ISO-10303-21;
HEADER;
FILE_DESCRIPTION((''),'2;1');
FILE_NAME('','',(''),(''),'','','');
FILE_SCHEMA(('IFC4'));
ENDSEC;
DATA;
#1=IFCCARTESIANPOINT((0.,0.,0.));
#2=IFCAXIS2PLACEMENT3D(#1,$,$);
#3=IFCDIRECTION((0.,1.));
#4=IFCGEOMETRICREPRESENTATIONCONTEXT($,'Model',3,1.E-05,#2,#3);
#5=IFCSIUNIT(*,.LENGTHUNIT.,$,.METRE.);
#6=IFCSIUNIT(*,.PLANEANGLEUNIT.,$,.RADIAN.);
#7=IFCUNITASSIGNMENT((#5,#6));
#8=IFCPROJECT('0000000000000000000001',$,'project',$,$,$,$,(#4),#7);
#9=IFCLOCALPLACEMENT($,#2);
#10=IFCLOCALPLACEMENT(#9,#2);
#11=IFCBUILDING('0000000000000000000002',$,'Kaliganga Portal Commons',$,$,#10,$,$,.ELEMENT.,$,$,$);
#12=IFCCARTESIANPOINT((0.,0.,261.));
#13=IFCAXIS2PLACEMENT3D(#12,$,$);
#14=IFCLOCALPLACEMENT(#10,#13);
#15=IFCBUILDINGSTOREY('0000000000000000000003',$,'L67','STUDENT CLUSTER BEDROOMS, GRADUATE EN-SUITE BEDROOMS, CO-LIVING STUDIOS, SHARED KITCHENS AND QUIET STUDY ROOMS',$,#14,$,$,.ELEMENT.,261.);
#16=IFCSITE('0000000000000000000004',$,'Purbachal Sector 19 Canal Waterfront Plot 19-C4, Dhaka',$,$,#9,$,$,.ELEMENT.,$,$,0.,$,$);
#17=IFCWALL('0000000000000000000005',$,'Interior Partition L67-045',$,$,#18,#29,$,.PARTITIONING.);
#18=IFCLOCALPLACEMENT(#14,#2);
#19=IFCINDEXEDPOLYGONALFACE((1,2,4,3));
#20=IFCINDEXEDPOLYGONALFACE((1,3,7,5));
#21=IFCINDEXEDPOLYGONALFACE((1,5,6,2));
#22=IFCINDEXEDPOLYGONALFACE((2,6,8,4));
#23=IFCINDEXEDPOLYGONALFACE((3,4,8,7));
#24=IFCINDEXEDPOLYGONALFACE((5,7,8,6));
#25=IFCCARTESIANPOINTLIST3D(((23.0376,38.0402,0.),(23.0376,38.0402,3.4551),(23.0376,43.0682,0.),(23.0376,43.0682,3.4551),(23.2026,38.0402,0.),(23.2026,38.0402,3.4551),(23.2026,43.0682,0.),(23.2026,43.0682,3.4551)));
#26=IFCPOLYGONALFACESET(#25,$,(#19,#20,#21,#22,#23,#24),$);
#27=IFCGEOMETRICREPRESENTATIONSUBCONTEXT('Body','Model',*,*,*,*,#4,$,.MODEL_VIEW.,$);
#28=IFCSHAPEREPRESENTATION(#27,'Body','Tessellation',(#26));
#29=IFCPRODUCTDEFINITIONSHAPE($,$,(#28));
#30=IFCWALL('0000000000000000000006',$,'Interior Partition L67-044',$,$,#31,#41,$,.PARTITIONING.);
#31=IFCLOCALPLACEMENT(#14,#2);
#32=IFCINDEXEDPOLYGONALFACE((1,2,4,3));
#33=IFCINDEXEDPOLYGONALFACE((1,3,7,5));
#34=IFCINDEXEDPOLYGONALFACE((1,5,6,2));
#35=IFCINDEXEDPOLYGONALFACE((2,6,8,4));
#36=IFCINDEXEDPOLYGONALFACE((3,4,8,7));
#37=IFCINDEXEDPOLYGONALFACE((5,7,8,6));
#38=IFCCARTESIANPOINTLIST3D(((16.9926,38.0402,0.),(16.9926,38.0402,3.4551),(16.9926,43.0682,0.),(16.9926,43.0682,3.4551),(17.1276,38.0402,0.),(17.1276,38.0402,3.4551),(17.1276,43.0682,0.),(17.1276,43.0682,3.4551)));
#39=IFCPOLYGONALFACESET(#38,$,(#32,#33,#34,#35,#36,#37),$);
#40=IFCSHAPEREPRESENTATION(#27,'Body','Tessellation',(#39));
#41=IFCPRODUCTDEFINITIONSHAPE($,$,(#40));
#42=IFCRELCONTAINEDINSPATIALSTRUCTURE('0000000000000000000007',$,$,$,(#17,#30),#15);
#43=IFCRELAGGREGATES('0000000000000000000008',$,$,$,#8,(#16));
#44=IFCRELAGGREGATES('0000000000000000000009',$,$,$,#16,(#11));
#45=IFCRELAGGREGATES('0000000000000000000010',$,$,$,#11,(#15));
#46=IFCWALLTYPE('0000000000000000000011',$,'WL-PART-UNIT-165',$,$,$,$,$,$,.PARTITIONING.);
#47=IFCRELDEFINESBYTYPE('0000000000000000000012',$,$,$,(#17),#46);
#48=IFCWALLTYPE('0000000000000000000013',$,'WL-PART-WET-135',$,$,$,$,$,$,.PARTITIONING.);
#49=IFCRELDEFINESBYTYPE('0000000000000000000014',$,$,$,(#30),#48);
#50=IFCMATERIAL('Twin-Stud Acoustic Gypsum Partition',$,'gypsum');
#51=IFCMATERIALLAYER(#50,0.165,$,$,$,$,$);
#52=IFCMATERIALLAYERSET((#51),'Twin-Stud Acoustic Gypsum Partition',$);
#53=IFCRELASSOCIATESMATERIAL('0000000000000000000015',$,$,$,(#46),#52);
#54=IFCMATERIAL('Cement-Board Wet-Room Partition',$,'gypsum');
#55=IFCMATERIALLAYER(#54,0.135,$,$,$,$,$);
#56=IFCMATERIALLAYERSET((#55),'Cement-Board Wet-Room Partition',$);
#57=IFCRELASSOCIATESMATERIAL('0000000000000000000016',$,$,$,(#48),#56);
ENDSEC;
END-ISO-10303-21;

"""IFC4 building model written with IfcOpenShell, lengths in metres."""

from ifc_helpers import new_model, si_unit, direction, frame, frame_2d, origin, place, context, subcontext, project, spatial, rectangle, extrude, material, layer, layer_set, type_object, element, save


model = new_model("IFC4")

# Units and contexts
model_context = context("Model", 3, precision=1e-05, world=origin(), true_north=direction((0.0, 1.0)))
body_context = subcontext(model_context, "Body", "Model", "MODEL_VIEW")
ifc_project = project(units=[si_unit("LENGTHUNIT", "METRE"), si_unit("PLANEANGLEUNIT", "RADIAN")], contexts=[model_context])

# Site, building, storey
site_placement = place(None, origin())
site = spatial("IfcSite", under=ifc_project, at=site_placement, Name="Purbachal Sector 19 Canal Waterfront Plot 19-C4, Dhaka", CompositionType="ELEMENT", RefElevation=0.0)
building_placement = place(site_placement, origin())
building = spatial("IfcBuilding", under=site, at=building_placement, Name="Kaliganga Portal Commons", CompositionType="ELEMENT")
storey_placement = place(building_placement, frame((0.0, 0.0, 261.0)))
storey = spatial("IfcBuildingStorey", under=building, at=storey_placement, Name="L67", Description="STUDENT CLUSTER BEDROOMS, GRADUATE EN-SUITE BEDROOMS, CO-LIVING STUDIOS, SHARED KITCHENS AND QUIET STUDY ROOMS", CompositionType="ELEMENT", Elevation=261.0)

# Walls
ifc_material_1 = material(Name="Twin-Stud Acoustic Gypsum Partition", Category="gypsum")
ifc_layer_1 = layer(ifc_material_1, 0.165)
ifc_layer_set_1 = layer_set([ifc_layer_1], Name="Twin-Stud Acoustic Gypsum Partition")
wall_type_1 = type_object("IfcWallType", Name="WL-PART-UNIT-165", PredefinedType="PARTITIONING", material=ifc_layer_set_1)
wall_1_placement = place(storey_placement, frame((23.1201, 38.04, 0.0), z_axis=(0.0, 0.0, 1.0), x_axis=(0.0, 1.0, 0.0)))
element("IfcWall", 1, at=wall_1_placement, inside=storey, type_object=wall_type_1, Name="Interior Partition L67-045", PredefinedType="PARTITIONING", context=body_context, shape_type="SweptSolid", body=[
    extrude(rectangle(XDim=5.0281, YDim=0.165, at=frame_2d((2.5142, 0.0))), origin(), (0.0, 0.0, 1.0), 3.4551),
])
ifc_material_2 = material(Name="Cement-Board Wet-Room Partition", Category="gypsum")
ifc_layer_2 = layer(ifc_material_2, 0.135)
ifc_layer_set_2 = layer_set([ifc_layer_2], Name="Cement-Board Wet-Room Partition")
wall_type_2 = type_object("IfcWallType", Name="WL-PART-WET-135", PredefinedType="PARTITIONING", material=ifc_layer_set_2)
wall_2_placement = place(storey_placement, frame((17.0601, 38.04, 0.0), z_axis=(0.0, 0.0, 1.0), x_axis=(0.0, 1.0, 0.0)))
element("IfcWall", 2, at=wall_2_placement, inside=storey, type_object=wall_type_2, Name="Interior Partition L67-044", PredefinedType="PARTITIONING", context=body_context, shape_type="SweptSolid", body=[
    extrude(rectangle(XDim=5.0281, YDim=0.135, at=frame_2d((2.5142, 0.0))), origin(), (0.0, 0.0, 1.0), 3.4551),
])

save(model, "model.ifc")
